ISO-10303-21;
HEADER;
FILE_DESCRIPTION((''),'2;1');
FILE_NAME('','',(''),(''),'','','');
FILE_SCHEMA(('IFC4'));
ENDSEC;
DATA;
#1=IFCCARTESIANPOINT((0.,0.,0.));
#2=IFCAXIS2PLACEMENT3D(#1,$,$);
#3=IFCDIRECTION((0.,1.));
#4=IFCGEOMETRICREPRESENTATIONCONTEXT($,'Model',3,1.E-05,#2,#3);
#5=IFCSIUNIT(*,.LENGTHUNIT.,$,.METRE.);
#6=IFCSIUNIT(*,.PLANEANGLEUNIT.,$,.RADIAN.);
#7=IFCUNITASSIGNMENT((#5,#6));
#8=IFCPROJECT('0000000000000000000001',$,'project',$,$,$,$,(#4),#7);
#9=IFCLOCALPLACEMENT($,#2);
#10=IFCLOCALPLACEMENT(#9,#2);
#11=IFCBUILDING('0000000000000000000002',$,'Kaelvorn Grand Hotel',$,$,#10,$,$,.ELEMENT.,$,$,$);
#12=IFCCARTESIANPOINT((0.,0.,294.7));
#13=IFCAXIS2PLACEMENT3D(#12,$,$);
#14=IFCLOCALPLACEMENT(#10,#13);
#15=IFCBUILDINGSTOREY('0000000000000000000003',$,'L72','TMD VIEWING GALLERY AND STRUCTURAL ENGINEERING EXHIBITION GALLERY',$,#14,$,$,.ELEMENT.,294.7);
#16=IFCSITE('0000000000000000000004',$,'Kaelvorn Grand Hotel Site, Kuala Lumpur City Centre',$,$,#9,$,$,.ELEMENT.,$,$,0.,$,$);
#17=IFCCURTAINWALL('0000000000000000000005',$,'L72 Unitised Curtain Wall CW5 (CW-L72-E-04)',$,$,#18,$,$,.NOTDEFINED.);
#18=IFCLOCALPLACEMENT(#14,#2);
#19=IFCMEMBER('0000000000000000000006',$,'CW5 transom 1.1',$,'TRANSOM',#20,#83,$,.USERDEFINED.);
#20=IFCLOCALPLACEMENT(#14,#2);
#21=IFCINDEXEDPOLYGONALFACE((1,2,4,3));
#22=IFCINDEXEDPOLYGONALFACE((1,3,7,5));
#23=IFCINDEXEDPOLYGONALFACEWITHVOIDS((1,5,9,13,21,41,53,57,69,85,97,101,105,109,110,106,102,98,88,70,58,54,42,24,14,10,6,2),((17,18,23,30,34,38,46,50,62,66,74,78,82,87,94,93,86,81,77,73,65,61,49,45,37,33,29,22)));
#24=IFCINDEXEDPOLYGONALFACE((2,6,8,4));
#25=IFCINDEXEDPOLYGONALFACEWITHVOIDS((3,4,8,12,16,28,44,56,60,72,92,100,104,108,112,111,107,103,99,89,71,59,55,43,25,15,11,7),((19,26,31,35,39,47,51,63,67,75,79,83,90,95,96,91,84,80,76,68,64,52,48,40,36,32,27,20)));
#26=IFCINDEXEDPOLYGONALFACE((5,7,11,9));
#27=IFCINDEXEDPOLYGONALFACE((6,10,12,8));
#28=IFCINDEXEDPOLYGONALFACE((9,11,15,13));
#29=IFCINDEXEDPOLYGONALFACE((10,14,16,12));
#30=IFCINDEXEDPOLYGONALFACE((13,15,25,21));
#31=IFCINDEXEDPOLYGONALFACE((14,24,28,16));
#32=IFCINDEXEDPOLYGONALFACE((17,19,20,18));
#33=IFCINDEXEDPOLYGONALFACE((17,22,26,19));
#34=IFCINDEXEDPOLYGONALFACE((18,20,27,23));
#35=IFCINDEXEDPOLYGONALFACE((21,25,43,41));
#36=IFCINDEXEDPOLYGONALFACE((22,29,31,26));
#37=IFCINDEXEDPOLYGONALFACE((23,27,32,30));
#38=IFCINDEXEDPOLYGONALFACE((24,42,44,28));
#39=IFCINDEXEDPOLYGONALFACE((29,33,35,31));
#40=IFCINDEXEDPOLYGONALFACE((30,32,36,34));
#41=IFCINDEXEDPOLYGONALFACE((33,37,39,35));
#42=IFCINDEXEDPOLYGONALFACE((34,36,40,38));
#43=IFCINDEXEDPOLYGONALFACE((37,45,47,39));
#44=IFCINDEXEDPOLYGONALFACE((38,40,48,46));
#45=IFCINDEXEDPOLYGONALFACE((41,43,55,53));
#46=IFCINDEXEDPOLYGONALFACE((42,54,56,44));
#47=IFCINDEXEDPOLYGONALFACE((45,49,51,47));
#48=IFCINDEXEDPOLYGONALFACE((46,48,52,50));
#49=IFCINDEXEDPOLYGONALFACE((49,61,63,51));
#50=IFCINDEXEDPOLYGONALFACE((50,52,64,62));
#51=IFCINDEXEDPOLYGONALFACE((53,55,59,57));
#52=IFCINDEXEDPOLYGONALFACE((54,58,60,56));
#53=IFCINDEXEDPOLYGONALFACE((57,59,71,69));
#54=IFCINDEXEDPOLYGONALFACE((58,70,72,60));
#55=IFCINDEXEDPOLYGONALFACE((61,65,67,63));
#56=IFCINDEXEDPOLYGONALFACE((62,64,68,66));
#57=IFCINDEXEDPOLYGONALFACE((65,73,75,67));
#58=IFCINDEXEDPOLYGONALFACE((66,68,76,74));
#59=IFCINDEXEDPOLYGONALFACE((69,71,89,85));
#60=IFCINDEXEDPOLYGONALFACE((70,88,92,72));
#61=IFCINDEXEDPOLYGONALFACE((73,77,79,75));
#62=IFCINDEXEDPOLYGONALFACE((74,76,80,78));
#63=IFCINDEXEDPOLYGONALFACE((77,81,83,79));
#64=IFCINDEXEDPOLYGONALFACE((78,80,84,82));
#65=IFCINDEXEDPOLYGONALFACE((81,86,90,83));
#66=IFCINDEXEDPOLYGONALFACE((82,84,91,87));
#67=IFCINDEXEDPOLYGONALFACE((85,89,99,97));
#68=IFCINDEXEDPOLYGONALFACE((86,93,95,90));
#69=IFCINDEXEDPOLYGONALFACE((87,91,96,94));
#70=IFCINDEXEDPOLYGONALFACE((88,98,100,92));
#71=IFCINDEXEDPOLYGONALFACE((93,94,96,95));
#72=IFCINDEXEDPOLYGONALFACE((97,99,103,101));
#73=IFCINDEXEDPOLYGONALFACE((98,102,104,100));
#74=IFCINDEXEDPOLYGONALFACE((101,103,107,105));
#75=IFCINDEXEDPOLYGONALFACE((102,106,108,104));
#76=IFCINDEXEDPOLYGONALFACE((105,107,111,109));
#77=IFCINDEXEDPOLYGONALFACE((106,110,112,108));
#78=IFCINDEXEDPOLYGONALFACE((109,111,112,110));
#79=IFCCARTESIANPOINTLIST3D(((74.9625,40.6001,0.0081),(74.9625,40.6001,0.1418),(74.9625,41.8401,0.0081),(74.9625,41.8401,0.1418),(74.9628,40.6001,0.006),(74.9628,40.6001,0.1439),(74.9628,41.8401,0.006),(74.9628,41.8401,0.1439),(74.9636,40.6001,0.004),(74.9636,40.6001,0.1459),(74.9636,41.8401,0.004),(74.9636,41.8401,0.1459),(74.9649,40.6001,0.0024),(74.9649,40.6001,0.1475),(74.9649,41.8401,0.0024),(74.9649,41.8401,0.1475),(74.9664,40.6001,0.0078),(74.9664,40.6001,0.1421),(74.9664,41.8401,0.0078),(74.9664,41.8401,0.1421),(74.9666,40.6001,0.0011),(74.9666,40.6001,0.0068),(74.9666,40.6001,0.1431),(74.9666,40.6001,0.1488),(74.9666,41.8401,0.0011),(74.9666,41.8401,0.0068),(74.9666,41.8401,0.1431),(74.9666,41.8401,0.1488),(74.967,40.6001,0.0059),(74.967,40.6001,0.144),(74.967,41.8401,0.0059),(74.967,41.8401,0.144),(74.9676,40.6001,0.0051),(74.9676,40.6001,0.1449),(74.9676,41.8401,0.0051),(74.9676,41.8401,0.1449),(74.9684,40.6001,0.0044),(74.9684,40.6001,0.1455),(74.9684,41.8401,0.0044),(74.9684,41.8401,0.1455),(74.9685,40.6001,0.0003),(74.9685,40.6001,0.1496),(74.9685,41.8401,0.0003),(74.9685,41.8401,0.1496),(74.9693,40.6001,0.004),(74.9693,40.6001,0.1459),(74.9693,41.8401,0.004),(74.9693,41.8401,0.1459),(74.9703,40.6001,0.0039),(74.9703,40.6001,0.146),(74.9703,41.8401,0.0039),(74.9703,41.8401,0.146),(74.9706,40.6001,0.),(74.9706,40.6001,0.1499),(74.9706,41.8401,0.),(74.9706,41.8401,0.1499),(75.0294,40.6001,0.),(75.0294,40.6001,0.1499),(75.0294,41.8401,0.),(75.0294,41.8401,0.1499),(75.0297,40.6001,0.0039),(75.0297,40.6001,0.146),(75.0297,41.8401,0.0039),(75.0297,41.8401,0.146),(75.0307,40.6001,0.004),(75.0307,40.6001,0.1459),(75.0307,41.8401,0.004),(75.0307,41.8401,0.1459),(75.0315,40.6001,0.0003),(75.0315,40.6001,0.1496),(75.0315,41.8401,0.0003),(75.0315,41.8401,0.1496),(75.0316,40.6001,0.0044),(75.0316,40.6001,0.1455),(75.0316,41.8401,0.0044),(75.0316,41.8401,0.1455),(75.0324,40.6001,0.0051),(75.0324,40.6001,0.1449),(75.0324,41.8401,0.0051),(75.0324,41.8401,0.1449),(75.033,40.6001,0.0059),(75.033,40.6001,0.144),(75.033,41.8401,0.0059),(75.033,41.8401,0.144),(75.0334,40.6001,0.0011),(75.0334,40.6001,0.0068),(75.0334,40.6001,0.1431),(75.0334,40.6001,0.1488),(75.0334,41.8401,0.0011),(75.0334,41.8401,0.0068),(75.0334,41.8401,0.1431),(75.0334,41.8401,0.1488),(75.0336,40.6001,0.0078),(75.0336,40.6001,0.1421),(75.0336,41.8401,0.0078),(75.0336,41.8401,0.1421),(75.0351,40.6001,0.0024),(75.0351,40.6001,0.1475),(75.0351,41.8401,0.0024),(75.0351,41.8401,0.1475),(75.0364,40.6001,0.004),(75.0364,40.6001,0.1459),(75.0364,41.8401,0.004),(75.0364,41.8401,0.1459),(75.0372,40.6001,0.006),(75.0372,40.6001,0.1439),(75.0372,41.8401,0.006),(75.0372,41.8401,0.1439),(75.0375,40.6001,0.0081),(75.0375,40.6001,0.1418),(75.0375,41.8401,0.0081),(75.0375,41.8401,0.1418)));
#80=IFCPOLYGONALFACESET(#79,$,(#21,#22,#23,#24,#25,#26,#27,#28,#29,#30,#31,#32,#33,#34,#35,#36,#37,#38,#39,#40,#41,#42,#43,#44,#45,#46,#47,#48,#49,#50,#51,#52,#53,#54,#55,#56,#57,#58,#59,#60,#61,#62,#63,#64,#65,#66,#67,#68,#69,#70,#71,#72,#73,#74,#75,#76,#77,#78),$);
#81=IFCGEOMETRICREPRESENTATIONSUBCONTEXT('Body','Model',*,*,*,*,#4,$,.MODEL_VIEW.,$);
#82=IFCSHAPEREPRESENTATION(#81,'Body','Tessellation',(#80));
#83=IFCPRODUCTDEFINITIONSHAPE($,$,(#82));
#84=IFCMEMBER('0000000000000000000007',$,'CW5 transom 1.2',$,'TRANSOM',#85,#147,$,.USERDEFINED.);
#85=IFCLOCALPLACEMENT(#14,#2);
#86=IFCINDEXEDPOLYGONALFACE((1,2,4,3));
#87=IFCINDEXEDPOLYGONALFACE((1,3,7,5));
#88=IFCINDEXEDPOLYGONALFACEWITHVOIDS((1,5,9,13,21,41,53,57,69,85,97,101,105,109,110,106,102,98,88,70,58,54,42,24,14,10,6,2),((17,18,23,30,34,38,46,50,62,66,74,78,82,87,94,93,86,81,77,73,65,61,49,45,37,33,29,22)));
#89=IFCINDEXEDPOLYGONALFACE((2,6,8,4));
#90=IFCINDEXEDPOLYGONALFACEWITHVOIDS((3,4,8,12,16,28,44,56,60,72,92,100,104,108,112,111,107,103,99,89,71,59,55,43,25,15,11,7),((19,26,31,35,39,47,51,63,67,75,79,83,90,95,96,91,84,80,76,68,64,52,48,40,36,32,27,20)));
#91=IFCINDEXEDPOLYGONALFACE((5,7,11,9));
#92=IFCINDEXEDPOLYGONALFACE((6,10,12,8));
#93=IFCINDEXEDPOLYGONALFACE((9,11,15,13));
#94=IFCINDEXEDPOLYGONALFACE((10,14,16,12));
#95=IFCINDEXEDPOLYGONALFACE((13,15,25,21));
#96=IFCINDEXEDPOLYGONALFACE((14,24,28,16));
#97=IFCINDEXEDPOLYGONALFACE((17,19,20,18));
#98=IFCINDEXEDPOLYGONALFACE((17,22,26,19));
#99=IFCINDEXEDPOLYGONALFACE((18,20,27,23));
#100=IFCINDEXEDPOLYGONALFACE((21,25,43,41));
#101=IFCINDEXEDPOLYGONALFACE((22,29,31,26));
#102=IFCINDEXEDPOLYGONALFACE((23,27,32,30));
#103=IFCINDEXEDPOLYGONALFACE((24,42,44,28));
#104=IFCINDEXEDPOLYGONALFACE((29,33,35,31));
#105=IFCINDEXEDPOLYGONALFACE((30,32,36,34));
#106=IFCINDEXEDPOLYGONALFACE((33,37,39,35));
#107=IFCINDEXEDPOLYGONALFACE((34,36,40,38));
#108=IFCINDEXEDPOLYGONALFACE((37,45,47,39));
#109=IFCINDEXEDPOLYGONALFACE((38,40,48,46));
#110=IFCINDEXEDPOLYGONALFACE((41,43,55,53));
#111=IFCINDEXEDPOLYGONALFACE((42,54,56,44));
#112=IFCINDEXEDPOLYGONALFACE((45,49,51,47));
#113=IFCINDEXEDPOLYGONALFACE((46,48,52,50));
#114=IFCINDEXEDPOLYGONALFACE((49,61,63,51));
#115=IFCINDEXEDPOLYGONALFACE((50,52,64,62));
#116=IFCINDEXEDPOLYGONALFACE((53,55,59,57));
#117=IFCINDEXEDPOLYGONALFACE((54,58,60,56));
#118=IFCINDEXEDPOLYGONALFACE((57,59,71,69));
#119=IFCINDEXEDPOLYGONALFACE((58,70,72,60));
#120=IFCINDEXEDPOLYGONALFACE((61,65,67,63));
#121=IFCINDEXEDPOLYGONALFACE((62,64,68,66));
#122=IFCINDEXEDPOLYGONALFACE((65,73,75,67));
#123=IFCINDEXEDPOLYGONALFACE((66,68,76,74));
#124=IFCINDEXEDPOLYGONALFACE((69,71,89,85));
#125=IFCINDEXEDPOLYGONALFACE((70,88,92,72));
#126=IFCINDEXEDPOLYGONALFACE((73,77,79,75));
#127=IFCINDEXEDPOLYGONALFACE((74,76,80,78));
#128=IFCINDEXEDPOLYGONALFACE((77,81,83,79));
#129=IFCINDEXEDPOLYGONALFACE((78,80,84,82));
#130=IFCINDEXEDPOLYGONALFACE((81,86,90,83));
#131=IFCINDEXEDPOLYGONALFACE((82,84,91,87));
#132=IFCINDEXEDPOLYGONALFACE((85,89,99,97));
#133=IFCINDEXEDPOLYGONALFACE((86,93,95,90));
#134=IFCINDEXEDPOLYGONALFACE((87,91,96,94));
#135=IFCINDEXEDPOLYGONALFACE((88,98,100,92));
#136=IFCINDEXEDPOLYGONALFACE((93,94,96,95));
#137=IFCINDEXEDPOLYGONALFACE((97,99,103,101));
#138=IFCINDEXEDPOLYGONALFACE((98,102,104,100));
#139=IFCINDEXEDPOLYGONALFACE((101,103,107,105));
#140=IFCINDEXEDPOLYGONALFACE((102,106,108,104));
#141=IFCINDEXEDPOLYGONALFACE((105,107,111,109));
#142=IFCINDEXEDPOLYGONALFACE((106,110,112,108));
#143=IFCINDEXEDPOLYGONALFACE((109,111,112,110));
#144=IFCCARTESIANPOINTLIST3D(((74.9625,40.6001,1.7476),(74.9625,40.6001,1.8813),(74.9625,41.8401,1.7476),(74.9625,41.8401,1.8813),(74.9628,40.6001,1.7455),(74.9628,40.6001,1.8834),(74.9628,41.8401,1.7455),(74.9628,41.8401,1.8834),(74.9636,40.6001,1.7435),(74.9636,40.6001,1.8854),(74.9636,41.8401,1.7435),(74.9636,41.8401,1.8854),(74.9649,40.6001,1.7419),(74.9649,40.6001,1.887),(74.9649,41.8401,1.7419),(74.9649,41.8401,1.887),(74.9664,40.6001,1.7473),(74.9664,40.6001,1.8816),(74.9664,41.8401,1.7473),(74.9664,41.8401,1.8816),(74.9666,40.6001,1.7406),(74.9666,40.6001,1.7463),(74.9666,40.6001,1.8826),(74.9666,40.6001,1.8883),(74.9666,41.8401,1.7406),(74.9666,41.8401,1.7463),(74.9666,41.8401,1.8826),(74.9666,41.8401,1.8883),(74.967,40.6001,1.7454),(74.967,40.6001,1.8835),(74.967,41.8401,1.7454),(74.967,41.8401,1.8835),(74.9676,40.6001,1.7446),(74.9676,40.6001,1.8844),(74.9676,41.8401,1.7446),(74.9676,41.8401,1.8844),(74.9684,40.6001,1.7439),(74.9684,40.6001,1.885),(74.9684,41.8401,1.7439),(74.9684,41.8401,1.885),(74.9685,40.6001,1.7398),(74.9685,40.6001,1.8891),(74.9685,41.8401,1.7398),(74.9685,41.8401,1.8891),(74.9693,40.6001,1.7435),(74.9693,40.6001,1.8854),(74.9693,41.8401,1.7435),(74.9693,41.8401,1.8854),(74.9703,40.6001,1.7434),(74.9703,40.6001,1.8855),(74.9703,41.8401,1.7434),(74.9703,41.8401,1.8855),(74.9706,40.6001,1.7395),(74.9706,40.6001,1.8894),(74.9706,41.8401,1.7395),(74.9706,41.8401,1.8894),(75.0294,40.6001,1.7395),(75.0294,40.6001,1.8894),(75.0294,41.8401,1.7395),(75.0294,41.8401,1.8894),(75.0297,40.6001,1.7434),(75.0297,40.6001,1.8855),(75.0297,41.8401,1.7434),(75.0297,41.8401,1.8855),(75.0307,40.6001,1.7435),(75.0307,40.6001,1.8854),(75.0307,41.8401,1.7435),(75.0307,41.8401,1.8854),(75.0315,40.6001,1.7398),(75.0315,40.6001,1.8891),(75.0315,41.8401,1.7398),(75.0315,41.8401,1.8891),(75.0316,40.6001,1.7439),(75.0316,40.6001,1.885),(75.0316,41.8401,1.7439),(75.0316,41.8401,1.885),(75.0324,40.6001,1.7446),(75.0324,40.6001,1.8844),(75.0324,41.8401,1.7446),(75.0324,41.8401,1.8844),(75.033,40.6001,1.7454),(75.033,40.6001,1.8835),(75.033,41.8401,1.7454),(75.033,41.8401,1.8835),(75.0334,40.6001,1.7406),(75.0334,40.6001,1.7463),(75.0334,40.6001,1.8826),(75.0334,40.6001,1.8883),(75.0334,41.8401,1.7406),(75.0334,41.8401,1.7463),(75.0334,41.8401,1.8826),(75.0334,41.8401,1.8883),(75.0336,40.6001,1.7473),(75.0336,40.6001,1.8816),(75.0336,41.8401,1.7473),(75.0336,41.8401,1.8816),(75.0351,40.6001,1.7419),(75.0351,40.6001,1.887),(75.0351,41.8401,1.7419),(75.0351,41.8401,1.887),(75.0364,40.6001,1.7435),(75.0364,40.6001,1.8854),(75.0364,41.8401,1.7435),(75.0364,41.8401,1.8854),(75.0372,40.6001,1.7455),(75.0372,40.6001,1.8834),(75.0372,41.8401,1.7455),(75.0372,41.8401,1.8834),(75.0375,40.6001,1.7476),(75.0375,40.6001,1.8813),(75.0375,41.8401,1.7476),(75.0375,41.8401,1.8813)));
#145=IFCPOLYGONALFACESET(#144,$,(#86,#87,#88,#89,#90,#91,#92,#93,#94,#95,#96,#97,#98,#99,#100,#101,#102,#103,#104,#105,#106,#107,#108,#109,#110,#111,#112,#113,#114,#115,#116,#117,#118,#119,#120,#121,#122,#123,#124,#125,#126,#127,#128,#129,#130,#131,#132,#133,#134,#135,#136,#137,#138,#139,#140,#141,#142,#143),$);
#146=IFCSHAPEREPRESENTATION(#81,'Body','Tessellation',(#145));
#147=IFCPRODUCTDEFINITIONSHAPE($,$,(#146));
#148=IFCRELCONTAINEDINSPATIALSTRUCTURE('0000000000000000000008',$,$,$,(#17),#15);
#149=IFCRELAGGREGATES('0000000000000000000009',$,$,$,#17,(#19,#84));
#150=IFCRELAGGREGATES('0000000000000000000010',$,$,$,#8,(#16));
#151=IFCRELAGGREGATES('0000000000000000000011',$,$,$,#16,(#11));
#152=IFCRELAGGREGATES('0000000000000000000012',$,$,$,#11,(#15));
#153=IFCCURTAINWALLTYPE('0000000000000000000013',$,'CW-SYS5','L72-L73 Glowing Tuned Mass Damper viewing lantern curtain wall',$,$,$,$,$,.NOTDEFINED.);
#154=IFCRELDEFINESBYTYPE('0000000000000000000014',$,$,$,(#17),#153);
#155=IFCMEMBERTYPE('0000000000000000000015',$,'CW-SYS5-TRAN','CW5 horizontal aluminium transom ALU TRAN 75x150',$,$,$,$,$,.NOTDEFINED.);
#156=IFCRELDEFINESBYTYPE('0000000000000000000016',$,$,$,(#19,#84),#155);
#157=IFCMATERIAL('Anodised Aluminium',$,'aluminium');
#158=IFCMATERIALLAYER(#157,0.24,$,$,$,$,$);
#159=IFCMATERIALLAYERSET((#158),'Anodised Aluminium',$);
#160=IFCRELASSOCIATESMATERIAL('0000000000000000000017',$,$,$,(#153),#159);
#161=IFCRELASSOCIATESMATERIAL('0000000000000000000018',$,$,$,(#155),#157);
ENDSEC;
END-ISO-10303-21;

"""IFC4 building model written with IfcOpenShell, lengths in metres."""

from ifc_helpers import new_model, si_unit, direction, frame, origin, origin_2d, place, context, subcontext, project, spatial, hollow_rectangle, extrude, material, layer, layer_set, material_profile, profile_set, type_object, element, aggregate, save


model = new_model("IFC4")

# Units and contexts
model_context = context("Model", 3, precision=1e-05, world=origin(), true_north=direction((0.0, 1.0)))
body_context = subcontext(model_context, "Body", "Model", "MODEL_VIEW")
ifc_project = project(units=[si_unit("LENGTHUNIT", "METRE"), si_unit("PLANEANGLEUNIT", "RADIAN")], contexts=[model_context])

# Site, building, storey
site_placement = place(None, origin())
site = spatial("IfcSite", under=ifc_project, at=site_placement, Name="Kaelvorn Grand Hotel Site, Kuala Lumpur City Centre", CompositionType="ELEMENT", RefElevation=0.0)
building_placement = place(site_placement, origin())
building = spatial("IfcBuilding", under=site, at=building_placement, Name="Kaelvorn Grand Hotel", CompositionType="ELEMENT")
storey_placement = place(building_placement, frame((0.0, 0.0, 294.7)))
storey = spatial("IfcBuildingStorey", under=building, at=storey_placement, Name="L72", Description="TMD VIEWING GALLERY AND STRUCTURAL ENGINEERING EXHIBITION GALLERY", CompositionType="ELEMENT", Elevation=294.7)

# Curtain wall, members
ifc_material_1 = material(Name="Anodised Aluminium", Category="aluminium")
ifc_layer_1 = layer(ifc_material_1, 0.24)
ifc_layer_set_1 = layer_set([ifc_layer_1], Name="Anodised Aluminium")
curtain_wall_type = type_object("IfcCurtainWallType", Name="CW-SYS5", Description="L72-L73 Glowing Tuned Mass Damper viewing lantern curtain wall", PredefinedType="NOTDEFINED", material=ifc_layer_set_1)
curtain_wall_placement = place(storey_placement, origin())
curtain_wall = element("IfcCurtainWall", 1, at=curtain_wall_placement, inside=storey, type_object=curtain_wall_type, Name="L72 Unitised Curtain Wall CW5 (CW-L72-E-04)", PredefinedType="NOTDEFINED")
ifc_material_profile_1 = material_profile(ifc_material_1, hollow_rectangle(XDim=0.075, YDim=0.1499, WallThickness=0.0039, InnerFilletRadius=0.0039, OuterFilletRadius=0.0081, at=origin_2d()), Name="ALU TRAN 75x150")
ifc_profile_set_1 = profile_set([ifc_material_profile_1], Name="Anodised Aluminium")
member_type_1 = type_object("IfcMemberType", Name="CW-SYS5-TRAN", Description="CW5 horizontal aluminium transom ALU TRAN 75x150", PredefinedType="NOTDEFINED", material=ifc_profile_set_1)
member_1_placement = place(storey_placement, frame((75.0, 40.6001, 0.075), z_axis=(0.0, 1.0, 0.0), x_axis=(-1.0, 0.0, 0.0)))
member_1 = element("IfcMember", 2, at=member_1_placement, type_object=member_type_1, Name="CW5 transom 1.1", ObjectType="TRANSOM", PredefinedType="USERDEFINED", context=body_context, shape_type="SweptSolid", body=[
    extrude(hollow_rectangle(XDim=0.075, YDim=0.1499, WallThickness=0.0039, InnerFilletRadius=0.0039, OuterFilletRadius=0.0081, at=origin_2d()), origin(), (0.0, 0.0, 1.0), 1.24),
])
member_2_placement = place(storey_placement, frame((75.0, 40.6001, 1.8145), z_axis=(0.0, 1.0, 0.0), x_axis=(-1.0, 0.0, 0.0)))
member_2 = element("IfcMember", 3, at=member_2_placement, type_object=member_type_1, Name="CW5 transom 1.2", ObjectType="TRANSOM", PredefinedType="USERDEFINED", context=body_context, shape_type="SweptSolid", body=[
    extrude(hollow_rectangle(XDim=0.075, YDim=0.1499, WallThickness=0.0039, InnerFilletRadius=0.0039, OuterFilletRadius=0.0081, at=origin_2d()), origin(), (0.0, 0.0, 1.0), 1.24),
])
aggregate(curtain_wall, [member_1, member_2])

save(model, "model.ifc")
